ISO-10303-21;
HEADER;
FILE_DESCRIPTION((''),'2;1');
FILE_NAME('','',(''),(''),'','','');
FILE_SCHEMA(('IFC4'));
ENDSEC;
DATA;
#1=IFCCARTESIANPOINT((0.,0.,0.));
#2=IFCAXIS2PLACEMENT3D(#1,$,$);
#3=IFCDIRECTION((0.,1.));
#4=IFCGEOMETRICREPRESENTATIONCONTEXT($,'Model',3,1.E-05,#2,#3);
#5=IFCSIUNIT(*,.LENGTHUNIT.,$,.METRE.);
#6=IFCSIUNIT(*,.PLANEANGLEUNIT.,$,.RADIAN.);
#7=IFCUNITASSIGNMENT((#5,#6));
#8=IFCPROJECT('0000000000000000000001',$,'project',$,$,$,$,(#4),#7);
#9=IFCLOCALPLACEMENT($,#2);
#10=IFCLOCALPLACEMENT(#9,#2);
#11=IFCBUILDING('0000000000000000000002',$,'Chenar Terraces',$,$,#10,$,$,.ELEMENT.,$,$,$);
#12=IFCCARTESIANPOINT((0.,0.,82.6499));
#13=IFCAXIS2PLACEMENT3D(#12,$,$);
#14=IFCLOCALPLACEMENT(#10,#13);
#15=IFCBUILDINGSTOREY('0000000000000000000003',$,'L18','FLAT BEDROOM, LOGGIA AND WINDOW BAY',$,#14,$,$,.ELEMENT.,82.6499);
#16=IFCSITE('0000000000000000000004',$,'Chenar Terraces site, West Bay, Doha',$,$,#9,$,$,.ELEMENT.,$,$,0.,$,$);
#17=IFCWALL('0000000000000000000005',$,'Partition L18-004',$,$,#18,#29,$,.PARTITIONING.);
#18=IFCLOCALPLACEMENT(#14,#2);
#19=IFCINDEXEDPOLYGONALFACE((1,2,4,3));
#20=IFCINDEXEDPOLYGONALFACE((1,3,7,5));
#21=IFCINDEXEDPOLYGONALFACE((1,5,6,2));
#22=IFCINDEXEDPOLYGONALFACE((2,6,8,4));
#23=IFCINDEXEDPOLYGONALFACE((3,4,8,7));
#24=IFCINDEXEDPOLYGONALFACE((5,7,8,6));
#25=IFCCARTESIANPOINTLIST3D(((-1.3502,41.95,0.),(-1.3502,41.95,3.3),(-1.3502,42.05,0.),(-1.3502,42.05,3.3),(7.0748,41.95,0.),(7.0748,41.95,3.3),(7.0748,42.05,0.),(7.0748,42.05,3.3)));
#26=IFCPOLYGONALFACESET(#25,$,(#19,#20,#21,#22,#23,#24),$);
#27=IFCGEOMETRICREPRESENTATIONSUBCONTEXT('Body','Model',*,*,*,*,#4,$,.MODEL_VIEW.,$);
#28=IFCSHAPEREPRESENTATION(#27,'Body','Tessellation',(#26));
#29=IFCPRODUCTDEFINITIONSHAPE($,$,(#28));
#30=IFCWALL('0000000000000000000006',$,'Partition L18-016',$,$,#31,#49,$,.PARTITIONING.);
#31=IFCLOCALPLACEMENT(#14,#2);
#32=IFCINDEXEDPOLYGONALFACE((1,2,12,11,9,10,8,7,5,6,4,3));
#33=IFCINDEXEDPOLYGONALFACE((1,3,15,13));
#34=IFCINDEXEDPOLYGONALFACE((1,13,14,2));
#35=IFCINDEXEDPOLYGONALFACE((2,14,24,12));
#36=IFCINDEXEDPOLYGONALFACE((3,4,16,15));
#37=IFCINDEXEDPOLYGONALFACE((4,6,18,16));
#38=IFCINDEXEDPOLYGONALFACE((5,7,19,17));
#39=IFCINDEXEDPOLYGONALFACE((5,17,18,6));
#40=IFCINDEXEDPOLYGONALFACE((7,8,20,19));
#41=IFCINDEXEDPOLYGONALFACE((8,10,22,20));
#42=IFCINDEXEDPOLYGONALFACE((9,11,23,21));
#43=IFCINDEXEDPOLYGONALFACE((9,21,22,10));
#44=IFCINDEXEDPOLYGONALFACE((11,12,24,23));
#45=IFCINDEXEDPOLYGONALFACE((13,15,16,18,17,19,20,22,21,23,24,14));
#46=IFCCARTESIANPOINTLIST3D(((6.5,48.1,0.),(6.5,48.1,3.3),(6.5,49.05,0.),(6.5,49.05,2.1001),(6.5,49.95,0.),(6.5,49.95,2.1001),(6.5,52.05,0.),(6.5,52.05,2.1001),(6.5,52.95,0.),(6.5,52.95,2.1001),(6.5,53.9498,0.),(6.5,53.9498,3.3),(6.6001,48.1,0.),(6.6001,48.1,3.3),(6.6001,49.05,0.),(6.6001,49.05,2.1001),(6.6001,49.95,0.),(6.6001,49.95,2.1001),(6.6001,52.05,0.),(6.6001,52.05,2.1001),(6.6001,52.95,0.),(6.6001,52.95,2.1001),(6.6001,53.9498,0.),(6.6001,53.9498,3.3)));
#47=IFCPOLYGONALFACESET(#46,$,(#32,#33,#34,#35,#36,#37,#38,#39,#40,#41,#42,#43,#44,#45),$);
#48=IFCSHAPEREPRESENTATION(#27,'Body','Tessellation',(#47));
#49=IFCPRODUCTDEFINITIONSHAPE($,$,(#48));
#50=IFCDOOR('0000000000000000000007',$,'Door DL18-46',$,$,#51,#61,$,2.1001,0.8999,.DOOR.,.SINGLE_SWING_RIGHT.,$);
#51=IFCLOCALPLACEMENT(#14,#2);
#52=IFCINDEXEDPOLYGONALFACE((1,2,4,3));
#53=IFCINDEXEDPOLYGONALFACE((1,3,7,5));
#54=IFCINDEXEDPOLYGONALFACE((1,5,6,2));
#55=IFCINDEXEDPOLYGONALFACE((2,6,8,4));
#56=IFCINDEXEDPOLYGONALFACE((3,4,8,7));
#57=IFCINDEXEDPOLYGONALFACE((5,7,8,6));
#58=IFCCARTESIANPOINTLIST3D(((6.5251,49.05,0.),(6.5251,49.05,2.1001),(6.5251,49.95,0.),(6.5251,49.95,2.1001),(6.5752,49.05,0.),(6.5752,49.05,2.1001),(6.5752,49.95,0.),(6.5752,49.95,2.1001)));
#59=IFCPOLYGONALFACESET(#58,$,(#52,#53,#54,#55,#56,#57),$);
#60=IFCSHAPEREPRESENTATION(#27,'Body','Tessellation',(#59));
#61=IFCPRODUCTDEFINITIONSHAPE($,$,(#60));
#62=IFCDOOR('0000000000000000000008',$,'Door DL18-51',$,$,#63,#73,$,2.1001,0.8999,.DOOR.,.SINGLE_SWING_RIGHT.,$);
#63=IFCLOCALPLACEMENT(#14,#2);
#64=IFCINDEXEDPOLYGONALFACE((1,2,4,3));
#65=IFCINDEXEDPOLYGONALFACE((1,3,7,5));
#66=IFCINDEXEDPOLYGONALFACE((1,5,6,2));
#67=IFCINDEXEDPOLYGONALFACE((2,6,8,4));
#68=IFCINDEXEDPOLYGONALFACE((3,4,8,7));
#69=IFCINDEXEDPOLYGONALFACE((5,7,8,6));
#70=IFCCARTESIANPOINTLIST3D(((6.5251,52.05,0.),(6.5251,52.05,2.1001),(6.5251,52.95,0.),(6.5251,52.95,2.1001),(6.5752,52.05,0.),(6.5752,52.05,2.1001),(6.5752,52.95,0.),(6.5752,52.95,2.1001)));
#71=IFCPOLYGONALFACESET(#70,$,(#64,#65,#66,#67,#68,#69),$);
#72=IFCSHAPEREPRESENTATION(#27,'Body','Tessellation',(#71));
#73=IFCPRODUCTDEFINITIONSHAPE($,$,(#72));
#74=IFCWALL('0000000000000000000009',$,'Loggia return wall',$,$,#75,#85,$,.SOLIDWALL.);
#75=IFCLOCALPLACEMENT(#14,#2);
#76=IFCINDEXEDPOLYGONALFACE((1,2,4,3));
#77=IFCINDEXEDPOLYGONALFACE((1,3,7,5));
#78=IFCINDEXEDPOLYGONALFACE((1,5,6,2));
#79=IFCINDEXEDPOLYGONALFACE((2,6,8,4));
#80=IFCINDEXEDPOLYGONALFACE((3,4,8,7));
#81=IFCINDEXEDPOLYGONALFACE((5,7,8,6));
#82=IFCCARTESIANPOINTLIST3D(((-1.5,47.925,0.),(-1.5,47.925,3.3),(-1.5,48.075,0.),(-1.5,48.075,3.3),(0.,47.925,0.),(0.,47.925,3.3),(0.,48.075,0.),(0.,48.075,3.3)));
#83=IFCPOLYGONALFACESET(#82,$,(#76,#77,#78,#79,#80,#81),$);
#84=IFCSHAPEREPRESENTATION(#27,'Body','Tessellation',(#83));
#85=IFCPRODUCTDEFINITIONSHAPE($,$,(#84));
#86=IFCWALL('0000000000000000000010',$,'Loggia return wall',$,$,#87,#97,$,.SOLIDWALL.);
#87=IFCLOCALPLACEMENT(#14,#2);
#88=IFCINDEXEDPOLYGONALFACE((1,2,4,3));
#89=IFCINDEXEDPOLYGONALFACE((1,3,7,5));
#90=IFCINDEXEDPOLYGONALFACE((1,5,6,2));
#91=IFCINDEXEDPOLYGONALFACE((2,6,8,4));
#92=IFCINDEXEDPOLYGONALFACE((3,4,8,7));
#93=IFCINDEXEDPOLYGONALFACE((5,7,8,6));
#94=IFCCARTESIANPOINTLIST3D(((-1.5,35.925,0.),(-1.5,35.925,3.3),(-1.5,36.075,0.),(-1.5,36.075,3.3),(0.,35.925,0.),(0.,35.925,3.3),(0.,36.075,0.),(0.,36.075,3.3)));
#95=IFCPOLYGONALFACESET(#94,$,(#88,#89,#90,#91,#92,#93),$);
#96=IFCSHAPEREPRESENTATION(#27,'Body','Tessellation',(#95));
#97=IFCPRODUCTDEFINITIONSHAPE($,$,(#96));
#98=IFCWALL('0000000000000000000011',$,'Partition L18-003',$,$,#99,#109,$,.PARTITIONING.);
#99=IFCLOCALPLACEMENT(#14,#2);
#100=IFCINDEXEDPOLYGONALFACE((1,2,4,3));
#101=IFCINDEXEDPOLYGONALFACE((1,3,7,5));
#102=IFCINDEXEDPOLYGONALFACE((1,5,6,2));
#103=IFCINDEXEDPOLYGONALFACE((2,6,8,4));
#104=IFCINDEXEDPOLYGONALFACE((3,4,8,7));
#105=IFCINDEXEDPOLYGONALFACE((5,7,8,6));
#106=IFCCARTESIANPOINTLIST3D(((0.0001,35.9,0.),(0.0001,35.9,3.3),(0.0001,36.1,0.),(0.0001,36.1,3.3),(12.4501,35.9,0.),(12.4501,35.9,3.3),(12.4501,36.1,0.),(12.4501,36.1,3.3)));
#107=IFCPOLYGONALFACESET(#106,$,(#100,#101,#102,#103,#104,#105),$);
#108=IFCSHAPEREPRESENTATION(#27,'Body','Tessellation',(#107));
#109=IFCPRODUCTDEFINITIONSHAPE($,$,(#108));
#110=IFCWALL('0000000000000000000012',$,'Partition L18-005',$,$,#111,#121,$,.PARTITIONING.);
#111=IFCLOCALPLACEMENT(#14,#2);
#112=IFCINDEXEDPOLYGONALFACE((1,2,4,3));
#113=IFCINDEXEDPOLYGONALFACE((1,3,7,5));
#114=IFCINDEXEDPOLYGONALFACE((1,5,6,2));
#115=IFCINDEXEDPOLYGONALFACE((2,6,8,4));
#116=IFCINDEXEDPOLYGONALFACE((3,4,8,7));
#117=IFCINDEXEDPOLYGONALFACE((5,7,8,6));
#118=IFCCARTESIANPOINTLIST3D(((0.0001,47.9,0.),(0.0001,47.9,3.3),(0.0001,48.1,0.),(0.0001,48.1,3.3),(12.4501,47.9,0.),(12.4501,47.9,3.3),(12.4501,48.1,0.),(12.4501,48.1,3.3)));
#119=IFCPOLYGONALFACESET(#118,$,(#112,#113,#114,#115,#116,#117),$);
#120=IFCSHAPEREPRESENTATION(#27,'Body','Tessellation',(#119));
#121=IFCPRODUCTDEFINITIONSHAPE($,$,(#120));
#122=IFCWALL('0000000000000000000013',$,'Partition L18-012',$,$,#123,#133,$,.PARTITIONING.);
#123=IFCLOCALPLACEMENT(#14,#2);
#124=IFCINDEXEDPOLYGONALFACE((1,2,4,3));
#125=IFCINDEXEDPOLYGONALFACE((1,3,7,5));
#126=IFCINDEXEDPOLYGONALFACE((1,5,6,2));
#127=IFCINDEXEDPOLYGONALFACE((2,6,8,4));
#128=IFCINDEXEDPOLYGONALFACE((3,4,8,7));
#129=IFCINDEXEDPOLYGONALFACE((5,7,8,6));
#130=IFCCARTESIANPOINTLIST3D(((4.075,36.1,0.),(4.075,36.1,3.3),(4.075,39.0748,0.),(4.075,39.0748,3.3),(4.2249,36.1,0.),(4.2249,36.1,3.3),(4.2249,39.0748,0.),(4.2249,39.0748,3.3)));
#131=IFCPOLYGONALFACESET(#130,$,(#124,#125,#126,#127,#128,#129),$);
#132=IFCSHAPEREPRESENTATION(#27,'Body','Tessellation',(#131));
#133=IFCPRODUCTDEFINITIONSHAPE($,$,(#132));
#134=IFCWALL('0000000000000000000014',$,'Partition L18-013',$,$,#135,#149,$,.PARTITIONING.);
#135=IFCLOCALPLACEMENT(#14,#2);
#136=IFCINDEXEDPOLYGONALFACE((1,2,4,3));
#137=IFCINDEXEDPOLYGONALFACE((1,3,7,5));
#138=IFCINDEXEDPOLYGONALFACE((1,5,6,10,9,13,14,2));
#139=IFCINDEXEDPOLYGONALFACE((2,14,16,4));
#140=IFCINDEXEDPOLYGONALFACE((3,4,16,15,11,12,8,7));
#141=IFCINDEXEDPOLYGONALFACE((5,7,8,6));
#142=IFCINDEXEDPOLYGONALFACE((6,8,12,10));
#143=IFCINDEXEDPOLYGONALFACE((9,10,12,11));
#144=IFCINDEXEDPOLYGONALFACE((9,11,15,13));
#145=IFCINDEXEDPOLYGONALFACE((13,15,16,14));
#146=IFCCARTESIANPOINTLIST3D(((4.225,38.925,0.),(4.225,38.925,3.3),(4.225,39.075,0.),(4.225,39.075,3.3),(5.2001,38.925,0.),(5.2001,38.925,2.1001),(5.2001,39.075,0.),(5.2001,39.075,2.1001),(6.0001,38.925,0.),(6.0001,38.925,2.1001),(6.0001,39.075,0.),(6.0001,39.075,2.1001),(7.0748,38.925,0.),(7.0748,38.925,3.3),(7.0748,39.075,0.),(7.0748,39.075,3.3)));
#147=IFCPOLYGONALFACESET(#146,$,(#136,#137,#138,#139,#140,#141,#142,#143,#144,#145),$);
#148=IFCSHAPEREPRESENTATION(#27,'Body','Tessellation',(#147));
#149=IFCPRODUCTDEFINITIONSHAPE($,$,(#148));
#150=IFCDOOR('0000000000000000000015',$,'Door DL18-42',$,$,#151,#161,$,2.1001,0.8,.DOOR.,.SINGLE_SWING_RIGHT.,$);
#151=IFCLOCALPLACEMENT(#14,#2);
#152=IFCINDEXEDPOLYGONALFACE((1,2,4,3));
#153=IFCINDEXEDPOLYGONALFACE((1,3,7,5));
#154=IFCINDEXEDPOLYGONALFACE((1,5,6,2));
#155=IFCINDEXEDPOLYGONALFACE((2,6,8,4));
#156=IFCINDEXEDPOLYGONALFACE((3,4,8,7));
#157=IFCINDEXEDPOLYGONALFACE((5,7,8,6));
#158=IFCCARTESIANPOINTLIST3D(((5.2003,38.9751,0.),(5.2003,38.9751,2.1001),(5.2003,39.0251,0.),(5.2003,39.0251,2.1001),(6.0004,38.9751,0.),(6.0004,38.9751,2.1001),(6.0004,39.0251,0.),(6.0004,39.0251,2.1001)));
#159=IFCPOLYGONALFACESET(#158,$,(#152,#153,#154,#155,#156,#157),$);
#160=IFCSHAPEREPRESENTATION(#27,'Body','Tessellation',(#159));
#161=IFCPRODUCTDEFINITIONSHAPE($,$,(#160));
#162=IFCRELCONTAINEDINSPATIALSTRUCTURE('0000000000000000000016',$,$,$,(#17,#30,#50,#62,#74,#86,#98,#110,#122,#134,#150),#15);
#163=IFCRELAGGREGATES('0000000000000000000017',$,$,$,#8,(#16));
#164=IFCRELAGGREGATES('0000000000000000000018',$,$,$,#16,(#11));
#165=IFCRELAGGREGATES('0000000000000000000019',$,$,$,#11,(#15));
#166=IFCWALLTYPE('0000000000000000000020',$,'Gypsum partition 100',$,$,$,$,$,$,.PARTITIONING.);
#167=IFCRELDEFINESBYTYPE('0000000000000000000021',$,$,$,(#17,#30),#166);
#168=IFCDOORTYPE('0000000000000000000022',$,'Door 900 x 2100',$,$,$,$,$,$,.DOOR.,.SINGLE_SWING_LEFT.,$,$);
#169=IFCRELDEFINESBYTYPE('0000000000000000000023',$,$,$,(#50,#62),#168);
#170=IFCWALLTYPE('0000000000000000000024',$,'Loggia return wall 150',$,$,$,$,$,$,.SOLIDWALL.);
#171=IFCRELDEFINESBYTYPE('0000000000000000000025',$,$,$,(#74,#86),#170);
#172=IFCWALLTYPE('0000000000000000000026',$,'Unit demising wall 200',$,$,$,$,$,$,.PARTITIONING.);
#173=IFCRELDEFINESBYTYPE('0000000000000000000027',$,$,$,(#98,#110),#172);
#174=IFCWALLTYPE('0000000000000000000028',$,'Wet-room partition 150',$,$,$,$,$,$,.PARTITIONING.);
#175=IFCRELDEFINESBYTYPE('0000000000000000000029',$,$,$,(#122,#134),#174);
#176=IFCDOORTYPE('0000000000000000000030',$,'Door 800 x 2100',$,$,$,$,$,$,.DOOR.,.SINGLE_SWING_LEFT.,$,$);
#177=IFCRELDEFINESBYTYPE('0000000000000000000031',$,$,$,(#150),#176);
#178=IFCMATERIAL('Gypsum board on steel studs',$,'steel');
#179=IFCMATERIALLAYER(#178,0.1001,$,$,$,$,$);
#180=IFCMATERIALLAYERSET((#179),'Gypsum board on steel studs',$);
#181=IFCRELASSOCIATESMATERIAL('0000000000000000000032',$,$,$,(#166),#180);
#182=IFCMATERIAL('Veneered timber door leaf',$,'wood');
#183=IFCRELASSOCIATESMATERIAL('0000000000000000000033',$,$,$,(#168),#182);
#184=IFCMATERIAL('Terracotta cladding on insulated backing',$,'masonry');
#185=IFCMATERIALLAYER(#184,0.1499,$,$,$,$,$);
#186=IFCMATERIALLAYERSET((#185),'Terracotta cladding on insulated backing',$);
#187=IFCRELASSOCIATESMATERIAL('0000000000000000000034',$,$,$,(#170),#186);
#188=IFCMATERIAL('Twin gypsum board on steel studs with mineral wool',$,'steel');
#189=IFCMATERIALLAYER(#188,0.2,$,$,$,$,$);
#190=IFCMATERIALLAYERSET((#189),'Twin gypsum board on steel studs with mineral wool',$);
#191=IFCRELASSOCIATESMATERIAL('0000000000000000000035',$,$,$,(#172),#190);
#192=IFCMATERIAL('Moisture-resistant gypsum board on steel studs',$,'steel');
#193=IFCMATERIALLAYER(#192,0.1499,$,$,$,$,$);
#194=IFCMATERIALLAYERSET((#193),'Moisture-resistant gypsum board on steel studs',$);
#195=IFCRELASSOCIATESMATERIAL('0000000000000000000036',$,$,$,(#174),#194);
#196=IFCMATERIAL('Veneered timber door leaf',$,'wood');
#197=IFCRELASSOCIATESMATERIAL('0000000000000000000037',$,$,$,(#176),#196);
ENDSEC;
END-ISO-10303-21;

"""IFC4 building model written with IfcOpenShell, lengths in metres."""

from ifc_helpers import new_model, si_unit, direction, frame, frame_2d, origin, place, context, subcontext, project, spatial, rectangle, extrude, material, layer, layer_set, type_object, element, fill, save


model = new_model("IFC4")

# Units and contexts
model_context = context("Model", 3, precision=1e-05, world=origin(), true_north=direction((0.0, 1.0)))
body_context = subcontext(model_context, "Body", "Model", "MODEL_VIEW")
ifc_project = project(units=[si_unit("LENGTHUNIT", "METRE"), si_unit("PLANEANGLEUNIT", "RADIAN")], contexts=[model_context])

# Site, building, storey
site_placement = place(None, origin())
site = spatial("IfcSite", under=ifc_project, at=site_placement, Name="Chenar Terraces site, West Bay, Doha", CompositionType="ELEMENT", RefElevation=0.0)
building_placement = place(site_placement, origin())
building = spatial("IfcBuilding", under=site, at=building_placement, Name="Chenar Terraces", CompositionType="ELEMENT")
storey_placement = place(building_placement, frame((0.0, 0.0, 82.6499)))
storey = spatial("IfcBuildingStorey", under=building, at=storey_placement, Name="L18", Description="FLAT BEDROOM, LOGGIA AND WINDOW BAY", CompositionType="ELEMENT", Elevation=82.6499)

# Shared definitions
placement = place(storey_placement, frame((0.0, 36.0, 0.0), z_axis=(0.0, 0.0, 1.0), x_axis=(1.0, 0.0, 0.0)))

# Wall
ifc_material_1 = material(Name="Gypsum board on steel studs", Category="steel")
ifc_layer_1 = layer(ifc_material_1, 0.1001)
ifc_layer_set_1 = layer_set([ifc_layer_1], Name="Gypsum board on steel studs")
wall_type_1 = type_object("IfcWallType", Name="Gypsum partition 100", PredefinedType="PARTITIONING", material=ifc_layer_set_1)
wall_1_placement = place(storey_placement, frame((-1.3501, 42.0, 0.0), z_axis=(0.0, 0.0, 1.0), x_axis=(1.0, 0.0, 0.0)))
element("IfcWall", 1, at=wall_1_placement, inside=storey, type_object=wall_type_1, Name="Partition L18-004", PredefinedType="PARTITIONING", context=body_context, shape_type="SweptSolid", body=[
    extrude(rectangle(XDim=8.425, YDim=0.1001, at=frame_2d((4.2124, 0.0))), origin(), (0.0, 0.0, 1.0), 3.3),
])

# Wall, openings, doors
wall_2_placement = place(storey_placement, frame((6.55, 48.1001, 0.0), z_axis=(0.0, 0.0, 1.0), x_axis=(0.0, 1.0, 0.0)))
wall_2 = element("IfcWall", 2, at=wall_2_placement, inside=storey, type_object=wall_type_1, Name="Partition L18-016", PredefinedType="PARTITIONING", context=body_context, shape_type="SweptSolid", body=[
    extrude(rectangle(XDim=5.8499, YDim=0.1001, at=frame_2d((2.9248, 0.0))), origin(), (0.0, 0.0, 1.0), 3.3),
])
opening_1_placement = place(wall_2_placement, frame((0.95, 0.0, 0.0)))
opening_1 = element("IfcOpeningElement", 3, at=opening_1_placement, cuts=wall_2, PredefinedType="OPENING", context=body_context, shape_type="SweptSolid", body=[
    extrude(rectangle(XDim=0.8999, YDim=2.1001, at=frame_2d((0.45, 1.05))), frame((0.0, 0.0601, 0.0), z_axis=(0.0, -1.0, 0.0), x_axis=(1.0, 0.0, 0.0)), (0.0, 0.0, 1.0), 0.1201),
])
opening_2_placement = place(wall_2_placement, frame((3.95, 0.0, 0.0)))
opening_2 = element("IfcOpeningElement", 4, at=opening_2_placement, cuts=wall_2, PredefinedType="OPENING", context=body_context, shape_type="SweptSolid", body=[
    extrude(rectangle(XDim=0.8999, YDim=2.1001, at=frame_2d((0.45, 1.05))), frame((0.0, 0.0601, 0.0), z_axis=(0.0, -1.0, 0.0), x_axis=(1.0, 0.0, 0.0)), (0.0, 0.0, 1.0), 0.1201),
])
ifc_material_2 = material(Name="Veneered timber door leaf", Category="wood")
door_type_1 = type_object("IfcDoorType", Name="Door 900 x 2100", OperationType="SINGLE_SWING_LEFT", PredefinedType="DOOR", material=ifc_material_2)
door_1_placement = place(opening_1_placement, origin())
door_1 = element("IfcDoor", 5, at=door_1_placement, inside=storey, type_object=door_type_1, Name="Door DL18-46", OperationType="SINGLE_SWING_RIGHT", OverallHeight=2.1001, OverallWidth=0.8999, PredefinedType="DOOR", context=body_context, shape_type="SweptSolid", body=[
    extrude(rectangle(XDim=0.8999, YDim=2.1001, at=frame_2d((0.45, 1.05))), frame((0.0, 0.0249, 0.0), z_axis=(0.0, -1.0, 0.0), x_axis=(1.0, 0.0, 0.0)), (0.0, 0.0, 1.0), 0.05),
])
fill(opening_1, door_1)
door_2_placement = place(opening_2_placement, origin())
door_2 = element("IfcDoor", 6, at=door_2_placement, inside=storey, type_object=door_type_1, Name="Door DL18-51", OperationType="SINGLE_SWING_RIGHT", OverallHeight=2.1001, OverallWidth=0.8999, PredefinedType="DOOR", context=body_context, shape_type="SweptSolid", body=[
    extrude(rectangle(XDim=0.8999, YDim=2.1001, at=frame_2d((0.45, 1.05))), frame((0.0, 0.0249, 0.0), z_axis=(0.0, -1.0, 0.0), x_axis=(1.0, 0.0, 0.0)), (0.0, 0.0, 1.0), 0.05),
])
fill(opening_2, door_2)

# Walls
ifc_material_3 = material(Name="Terracotta cladding on insulated backing", Category="masonry")
ifc_layer_2 = layer(ifc_material_3, 0.1499)
ifc_layer_set_2 = layer_set([ifc_layer_2], Name="Terracotta cladding on insulated backing")
wall_type_2 = type_object("IfcWallType", Name="Loggia return wall 150", PredefinedType="SOLIDWALL", material=ifc_layer_set_2)
for number, where, z_axis, x_axis, name in (
    (7, (-1.5, 48.0, 0.0), (0.0, 0.0, 1.0), (1.0, 0.0, 0.0), "Loggia return wall"),
    (8, (-1.5, 36.0, 0.0), (0.0, 0.0, 1.0), (1.0, 0.0, 0.0), "Loggia return wall"),
):
    element("IfcWall", number, at=place(storey_placement, frame(where, z_axis=z_axis, x_axis=x_axis)), inside=storey, type_object=wall_type_2, Name=name, PredefinedType="SOLIDWALL", context=body_context, shape_type="SweptSolid", body=[
        extrude(rectangle(XDim=1.5, YDim=0.1499, at=frame_2d((0.75, 0.0))), origin(), (0.0, 0.0, 1.0), 3.3),
    ])
ifc_material_4 = material(Name="Twin gypsum board on steel studs with mineral wool", Category="steel")
ifc_layer_3 = layer(ifc_material_4, 0.2)
ifc_layer_set_3 = layer_set([ifc_layer_3], Name="Twin gypsum board on steel studs with mineral wool")
wall_type_3 = type_object("IfcWallType", Name="Unit demising wall 200", PredefinedType="PARTITIONING", material=ifc_layer_set_3)
element("IfcWall", 9, at=placement, inside=storey, type_object=wall_type_3, Name="Partition L18-003", PredefinedType="PARTITIONING", context=body_context, shape_type="SweptSolid", body=[
    extrude(rectangle(XDim=12.45, YDim=0.2, at=frame_2d((6.2251, 0.0))), origin(), (0.0, 0.0, 1.0), 3.3),
])
wall_3_placement = place(storey_placement, frame((0.0, 48.0, 0.0), z_axis=(0.0, 0.0, 1.0), x_axis=(1.0, 0.0, 0.0)))
element("IfcWall", 10, at=wall_3_placement, inside=storey, type_object=wall_type_3, Name="Partition L18-005", PredefinedType="PARTITIONING", context=body_context, shape_type="SweptSolid", body=[
    extrude(rectangle(XDim=12.45, YDim=0.2, at=frame_2d((6.2251, 0.0))), origin(), (0.0, 0.0, 1.0), 3.3),
])
ifc_material_5 = material(Name="Moisture-resistant gypsum board on steel studs", Category="steel")
ifc_layer_4 = layer(ifc_material_5, 0.1499)
ifc_layer_set_4 = layer_set([ifc_layer_4], Name="Moisture-resistant gypsum board on steel studs")
wall_type_4 = type_object("IfcWallType", Name="Wet-room partition 150", PredefinedType="PARTITIONING", material=ifc_layer_set_4)
wall_4_placement = place(storey_placement, frame((4.1499, 36.1001, 0.0), z_axis=(0.0, 0.0, 1.0), x_axis=(0.0, 1.0, 0.0)))
element("IfcWall", 11, at=wall_4_placement, inside=storey, type_object=wall_type_4, Name="Partition L18-012", PredefinedType="PARTITIONING", context=body_context, shape_type="SweptSolid", body=[
    extrude(rectangle(XDim=2.9749, YDim=0.1499, at=frame_2d((1.4873, 0.0))), origin(), (0.0, 0.0, 1.0), 3.3),
])

# Wall, opening, door
wall_5_placement = place(storey_placement, frame((4.2251, 39.0, 0.0), z_axis=(0.0, 0.0, 1.0), x_axis=(1.0, 0.0, 0.0)))
wall_5 = element("IfcWall", 12, at=wall_5_placement, inside=storey, type_object=wall_type_4, Name="Partition L18-013", PredefinedType="PARTITIONING", context=body_context, shape_type="SweptSolid", body=[
    extrude(rectangle(XDim=2.8499, YDim=0.1499, at=frame_2d((1.4248, 0.0))), origin(), (0.0, 0.0, 1.0), 3.3),
])
opening_3_placement = place(wall_5_placement, frame((0.9751, 0.0, 0.0)))
opening_3 = element("IfcOpeningElement", 13, at=opening_3_placement, cuts=wall_5, PredefinedType="OPENING", context=body_context, shape_type="SweptSolid", body=[
    extrude(rectangle(XDim=0.8, YDim=2.1001, at=frame_2d((0.3999, 1.05))), frame((0.0, 0.085, 0.0), z_axis=(0.0, -1.0, 0.0), x_axis=(1.0, 0.0, 0.0)), (0.0, 0.0, 1.0), 0.1699),
])
ifc_material_6 = material(Name="Veneered timber door leaf", Category="wood")
door_type_2 = type_object("IfcDoorType", Name="Door 800 x 2100", OperationType="SINGLE_SWING_LEFT", PredefinedType="DOOR", material=ifc_material_6)
door_3_placement = place(opening_3_placement, frame((0.8, 0.0, 0.0), z_axis=(0.0, 0.0, 1.0), x_axis=(-1.0, 0.0, 0.0)))
door_3 = element("IfcDoor", 14, at=door_3_placement, inside=storey, type_object=door_type_2, Name="Door DL18-42", OperationType="SINGLE_SWING_RIGHT", OverallHeight=2.1001, OverallWidth=0.8, PredefinedType="DOOR", context=body_context, shape_type="SweptSolid", body=[
    extrude(rectangle(XDim=0.8, YDim=2.1001, at=frame_2d((0.3999, 1.05))), frame((0.0, 0.0249, 0.0), z_axis=(0.0, -1.0, 0.0), x_axis=(1.0, 0.0, 0.0)), (0.0, 0.0, 1.0), 0.05),
])
fill(opening_3, door_3)

save(model, "model.ifc")
